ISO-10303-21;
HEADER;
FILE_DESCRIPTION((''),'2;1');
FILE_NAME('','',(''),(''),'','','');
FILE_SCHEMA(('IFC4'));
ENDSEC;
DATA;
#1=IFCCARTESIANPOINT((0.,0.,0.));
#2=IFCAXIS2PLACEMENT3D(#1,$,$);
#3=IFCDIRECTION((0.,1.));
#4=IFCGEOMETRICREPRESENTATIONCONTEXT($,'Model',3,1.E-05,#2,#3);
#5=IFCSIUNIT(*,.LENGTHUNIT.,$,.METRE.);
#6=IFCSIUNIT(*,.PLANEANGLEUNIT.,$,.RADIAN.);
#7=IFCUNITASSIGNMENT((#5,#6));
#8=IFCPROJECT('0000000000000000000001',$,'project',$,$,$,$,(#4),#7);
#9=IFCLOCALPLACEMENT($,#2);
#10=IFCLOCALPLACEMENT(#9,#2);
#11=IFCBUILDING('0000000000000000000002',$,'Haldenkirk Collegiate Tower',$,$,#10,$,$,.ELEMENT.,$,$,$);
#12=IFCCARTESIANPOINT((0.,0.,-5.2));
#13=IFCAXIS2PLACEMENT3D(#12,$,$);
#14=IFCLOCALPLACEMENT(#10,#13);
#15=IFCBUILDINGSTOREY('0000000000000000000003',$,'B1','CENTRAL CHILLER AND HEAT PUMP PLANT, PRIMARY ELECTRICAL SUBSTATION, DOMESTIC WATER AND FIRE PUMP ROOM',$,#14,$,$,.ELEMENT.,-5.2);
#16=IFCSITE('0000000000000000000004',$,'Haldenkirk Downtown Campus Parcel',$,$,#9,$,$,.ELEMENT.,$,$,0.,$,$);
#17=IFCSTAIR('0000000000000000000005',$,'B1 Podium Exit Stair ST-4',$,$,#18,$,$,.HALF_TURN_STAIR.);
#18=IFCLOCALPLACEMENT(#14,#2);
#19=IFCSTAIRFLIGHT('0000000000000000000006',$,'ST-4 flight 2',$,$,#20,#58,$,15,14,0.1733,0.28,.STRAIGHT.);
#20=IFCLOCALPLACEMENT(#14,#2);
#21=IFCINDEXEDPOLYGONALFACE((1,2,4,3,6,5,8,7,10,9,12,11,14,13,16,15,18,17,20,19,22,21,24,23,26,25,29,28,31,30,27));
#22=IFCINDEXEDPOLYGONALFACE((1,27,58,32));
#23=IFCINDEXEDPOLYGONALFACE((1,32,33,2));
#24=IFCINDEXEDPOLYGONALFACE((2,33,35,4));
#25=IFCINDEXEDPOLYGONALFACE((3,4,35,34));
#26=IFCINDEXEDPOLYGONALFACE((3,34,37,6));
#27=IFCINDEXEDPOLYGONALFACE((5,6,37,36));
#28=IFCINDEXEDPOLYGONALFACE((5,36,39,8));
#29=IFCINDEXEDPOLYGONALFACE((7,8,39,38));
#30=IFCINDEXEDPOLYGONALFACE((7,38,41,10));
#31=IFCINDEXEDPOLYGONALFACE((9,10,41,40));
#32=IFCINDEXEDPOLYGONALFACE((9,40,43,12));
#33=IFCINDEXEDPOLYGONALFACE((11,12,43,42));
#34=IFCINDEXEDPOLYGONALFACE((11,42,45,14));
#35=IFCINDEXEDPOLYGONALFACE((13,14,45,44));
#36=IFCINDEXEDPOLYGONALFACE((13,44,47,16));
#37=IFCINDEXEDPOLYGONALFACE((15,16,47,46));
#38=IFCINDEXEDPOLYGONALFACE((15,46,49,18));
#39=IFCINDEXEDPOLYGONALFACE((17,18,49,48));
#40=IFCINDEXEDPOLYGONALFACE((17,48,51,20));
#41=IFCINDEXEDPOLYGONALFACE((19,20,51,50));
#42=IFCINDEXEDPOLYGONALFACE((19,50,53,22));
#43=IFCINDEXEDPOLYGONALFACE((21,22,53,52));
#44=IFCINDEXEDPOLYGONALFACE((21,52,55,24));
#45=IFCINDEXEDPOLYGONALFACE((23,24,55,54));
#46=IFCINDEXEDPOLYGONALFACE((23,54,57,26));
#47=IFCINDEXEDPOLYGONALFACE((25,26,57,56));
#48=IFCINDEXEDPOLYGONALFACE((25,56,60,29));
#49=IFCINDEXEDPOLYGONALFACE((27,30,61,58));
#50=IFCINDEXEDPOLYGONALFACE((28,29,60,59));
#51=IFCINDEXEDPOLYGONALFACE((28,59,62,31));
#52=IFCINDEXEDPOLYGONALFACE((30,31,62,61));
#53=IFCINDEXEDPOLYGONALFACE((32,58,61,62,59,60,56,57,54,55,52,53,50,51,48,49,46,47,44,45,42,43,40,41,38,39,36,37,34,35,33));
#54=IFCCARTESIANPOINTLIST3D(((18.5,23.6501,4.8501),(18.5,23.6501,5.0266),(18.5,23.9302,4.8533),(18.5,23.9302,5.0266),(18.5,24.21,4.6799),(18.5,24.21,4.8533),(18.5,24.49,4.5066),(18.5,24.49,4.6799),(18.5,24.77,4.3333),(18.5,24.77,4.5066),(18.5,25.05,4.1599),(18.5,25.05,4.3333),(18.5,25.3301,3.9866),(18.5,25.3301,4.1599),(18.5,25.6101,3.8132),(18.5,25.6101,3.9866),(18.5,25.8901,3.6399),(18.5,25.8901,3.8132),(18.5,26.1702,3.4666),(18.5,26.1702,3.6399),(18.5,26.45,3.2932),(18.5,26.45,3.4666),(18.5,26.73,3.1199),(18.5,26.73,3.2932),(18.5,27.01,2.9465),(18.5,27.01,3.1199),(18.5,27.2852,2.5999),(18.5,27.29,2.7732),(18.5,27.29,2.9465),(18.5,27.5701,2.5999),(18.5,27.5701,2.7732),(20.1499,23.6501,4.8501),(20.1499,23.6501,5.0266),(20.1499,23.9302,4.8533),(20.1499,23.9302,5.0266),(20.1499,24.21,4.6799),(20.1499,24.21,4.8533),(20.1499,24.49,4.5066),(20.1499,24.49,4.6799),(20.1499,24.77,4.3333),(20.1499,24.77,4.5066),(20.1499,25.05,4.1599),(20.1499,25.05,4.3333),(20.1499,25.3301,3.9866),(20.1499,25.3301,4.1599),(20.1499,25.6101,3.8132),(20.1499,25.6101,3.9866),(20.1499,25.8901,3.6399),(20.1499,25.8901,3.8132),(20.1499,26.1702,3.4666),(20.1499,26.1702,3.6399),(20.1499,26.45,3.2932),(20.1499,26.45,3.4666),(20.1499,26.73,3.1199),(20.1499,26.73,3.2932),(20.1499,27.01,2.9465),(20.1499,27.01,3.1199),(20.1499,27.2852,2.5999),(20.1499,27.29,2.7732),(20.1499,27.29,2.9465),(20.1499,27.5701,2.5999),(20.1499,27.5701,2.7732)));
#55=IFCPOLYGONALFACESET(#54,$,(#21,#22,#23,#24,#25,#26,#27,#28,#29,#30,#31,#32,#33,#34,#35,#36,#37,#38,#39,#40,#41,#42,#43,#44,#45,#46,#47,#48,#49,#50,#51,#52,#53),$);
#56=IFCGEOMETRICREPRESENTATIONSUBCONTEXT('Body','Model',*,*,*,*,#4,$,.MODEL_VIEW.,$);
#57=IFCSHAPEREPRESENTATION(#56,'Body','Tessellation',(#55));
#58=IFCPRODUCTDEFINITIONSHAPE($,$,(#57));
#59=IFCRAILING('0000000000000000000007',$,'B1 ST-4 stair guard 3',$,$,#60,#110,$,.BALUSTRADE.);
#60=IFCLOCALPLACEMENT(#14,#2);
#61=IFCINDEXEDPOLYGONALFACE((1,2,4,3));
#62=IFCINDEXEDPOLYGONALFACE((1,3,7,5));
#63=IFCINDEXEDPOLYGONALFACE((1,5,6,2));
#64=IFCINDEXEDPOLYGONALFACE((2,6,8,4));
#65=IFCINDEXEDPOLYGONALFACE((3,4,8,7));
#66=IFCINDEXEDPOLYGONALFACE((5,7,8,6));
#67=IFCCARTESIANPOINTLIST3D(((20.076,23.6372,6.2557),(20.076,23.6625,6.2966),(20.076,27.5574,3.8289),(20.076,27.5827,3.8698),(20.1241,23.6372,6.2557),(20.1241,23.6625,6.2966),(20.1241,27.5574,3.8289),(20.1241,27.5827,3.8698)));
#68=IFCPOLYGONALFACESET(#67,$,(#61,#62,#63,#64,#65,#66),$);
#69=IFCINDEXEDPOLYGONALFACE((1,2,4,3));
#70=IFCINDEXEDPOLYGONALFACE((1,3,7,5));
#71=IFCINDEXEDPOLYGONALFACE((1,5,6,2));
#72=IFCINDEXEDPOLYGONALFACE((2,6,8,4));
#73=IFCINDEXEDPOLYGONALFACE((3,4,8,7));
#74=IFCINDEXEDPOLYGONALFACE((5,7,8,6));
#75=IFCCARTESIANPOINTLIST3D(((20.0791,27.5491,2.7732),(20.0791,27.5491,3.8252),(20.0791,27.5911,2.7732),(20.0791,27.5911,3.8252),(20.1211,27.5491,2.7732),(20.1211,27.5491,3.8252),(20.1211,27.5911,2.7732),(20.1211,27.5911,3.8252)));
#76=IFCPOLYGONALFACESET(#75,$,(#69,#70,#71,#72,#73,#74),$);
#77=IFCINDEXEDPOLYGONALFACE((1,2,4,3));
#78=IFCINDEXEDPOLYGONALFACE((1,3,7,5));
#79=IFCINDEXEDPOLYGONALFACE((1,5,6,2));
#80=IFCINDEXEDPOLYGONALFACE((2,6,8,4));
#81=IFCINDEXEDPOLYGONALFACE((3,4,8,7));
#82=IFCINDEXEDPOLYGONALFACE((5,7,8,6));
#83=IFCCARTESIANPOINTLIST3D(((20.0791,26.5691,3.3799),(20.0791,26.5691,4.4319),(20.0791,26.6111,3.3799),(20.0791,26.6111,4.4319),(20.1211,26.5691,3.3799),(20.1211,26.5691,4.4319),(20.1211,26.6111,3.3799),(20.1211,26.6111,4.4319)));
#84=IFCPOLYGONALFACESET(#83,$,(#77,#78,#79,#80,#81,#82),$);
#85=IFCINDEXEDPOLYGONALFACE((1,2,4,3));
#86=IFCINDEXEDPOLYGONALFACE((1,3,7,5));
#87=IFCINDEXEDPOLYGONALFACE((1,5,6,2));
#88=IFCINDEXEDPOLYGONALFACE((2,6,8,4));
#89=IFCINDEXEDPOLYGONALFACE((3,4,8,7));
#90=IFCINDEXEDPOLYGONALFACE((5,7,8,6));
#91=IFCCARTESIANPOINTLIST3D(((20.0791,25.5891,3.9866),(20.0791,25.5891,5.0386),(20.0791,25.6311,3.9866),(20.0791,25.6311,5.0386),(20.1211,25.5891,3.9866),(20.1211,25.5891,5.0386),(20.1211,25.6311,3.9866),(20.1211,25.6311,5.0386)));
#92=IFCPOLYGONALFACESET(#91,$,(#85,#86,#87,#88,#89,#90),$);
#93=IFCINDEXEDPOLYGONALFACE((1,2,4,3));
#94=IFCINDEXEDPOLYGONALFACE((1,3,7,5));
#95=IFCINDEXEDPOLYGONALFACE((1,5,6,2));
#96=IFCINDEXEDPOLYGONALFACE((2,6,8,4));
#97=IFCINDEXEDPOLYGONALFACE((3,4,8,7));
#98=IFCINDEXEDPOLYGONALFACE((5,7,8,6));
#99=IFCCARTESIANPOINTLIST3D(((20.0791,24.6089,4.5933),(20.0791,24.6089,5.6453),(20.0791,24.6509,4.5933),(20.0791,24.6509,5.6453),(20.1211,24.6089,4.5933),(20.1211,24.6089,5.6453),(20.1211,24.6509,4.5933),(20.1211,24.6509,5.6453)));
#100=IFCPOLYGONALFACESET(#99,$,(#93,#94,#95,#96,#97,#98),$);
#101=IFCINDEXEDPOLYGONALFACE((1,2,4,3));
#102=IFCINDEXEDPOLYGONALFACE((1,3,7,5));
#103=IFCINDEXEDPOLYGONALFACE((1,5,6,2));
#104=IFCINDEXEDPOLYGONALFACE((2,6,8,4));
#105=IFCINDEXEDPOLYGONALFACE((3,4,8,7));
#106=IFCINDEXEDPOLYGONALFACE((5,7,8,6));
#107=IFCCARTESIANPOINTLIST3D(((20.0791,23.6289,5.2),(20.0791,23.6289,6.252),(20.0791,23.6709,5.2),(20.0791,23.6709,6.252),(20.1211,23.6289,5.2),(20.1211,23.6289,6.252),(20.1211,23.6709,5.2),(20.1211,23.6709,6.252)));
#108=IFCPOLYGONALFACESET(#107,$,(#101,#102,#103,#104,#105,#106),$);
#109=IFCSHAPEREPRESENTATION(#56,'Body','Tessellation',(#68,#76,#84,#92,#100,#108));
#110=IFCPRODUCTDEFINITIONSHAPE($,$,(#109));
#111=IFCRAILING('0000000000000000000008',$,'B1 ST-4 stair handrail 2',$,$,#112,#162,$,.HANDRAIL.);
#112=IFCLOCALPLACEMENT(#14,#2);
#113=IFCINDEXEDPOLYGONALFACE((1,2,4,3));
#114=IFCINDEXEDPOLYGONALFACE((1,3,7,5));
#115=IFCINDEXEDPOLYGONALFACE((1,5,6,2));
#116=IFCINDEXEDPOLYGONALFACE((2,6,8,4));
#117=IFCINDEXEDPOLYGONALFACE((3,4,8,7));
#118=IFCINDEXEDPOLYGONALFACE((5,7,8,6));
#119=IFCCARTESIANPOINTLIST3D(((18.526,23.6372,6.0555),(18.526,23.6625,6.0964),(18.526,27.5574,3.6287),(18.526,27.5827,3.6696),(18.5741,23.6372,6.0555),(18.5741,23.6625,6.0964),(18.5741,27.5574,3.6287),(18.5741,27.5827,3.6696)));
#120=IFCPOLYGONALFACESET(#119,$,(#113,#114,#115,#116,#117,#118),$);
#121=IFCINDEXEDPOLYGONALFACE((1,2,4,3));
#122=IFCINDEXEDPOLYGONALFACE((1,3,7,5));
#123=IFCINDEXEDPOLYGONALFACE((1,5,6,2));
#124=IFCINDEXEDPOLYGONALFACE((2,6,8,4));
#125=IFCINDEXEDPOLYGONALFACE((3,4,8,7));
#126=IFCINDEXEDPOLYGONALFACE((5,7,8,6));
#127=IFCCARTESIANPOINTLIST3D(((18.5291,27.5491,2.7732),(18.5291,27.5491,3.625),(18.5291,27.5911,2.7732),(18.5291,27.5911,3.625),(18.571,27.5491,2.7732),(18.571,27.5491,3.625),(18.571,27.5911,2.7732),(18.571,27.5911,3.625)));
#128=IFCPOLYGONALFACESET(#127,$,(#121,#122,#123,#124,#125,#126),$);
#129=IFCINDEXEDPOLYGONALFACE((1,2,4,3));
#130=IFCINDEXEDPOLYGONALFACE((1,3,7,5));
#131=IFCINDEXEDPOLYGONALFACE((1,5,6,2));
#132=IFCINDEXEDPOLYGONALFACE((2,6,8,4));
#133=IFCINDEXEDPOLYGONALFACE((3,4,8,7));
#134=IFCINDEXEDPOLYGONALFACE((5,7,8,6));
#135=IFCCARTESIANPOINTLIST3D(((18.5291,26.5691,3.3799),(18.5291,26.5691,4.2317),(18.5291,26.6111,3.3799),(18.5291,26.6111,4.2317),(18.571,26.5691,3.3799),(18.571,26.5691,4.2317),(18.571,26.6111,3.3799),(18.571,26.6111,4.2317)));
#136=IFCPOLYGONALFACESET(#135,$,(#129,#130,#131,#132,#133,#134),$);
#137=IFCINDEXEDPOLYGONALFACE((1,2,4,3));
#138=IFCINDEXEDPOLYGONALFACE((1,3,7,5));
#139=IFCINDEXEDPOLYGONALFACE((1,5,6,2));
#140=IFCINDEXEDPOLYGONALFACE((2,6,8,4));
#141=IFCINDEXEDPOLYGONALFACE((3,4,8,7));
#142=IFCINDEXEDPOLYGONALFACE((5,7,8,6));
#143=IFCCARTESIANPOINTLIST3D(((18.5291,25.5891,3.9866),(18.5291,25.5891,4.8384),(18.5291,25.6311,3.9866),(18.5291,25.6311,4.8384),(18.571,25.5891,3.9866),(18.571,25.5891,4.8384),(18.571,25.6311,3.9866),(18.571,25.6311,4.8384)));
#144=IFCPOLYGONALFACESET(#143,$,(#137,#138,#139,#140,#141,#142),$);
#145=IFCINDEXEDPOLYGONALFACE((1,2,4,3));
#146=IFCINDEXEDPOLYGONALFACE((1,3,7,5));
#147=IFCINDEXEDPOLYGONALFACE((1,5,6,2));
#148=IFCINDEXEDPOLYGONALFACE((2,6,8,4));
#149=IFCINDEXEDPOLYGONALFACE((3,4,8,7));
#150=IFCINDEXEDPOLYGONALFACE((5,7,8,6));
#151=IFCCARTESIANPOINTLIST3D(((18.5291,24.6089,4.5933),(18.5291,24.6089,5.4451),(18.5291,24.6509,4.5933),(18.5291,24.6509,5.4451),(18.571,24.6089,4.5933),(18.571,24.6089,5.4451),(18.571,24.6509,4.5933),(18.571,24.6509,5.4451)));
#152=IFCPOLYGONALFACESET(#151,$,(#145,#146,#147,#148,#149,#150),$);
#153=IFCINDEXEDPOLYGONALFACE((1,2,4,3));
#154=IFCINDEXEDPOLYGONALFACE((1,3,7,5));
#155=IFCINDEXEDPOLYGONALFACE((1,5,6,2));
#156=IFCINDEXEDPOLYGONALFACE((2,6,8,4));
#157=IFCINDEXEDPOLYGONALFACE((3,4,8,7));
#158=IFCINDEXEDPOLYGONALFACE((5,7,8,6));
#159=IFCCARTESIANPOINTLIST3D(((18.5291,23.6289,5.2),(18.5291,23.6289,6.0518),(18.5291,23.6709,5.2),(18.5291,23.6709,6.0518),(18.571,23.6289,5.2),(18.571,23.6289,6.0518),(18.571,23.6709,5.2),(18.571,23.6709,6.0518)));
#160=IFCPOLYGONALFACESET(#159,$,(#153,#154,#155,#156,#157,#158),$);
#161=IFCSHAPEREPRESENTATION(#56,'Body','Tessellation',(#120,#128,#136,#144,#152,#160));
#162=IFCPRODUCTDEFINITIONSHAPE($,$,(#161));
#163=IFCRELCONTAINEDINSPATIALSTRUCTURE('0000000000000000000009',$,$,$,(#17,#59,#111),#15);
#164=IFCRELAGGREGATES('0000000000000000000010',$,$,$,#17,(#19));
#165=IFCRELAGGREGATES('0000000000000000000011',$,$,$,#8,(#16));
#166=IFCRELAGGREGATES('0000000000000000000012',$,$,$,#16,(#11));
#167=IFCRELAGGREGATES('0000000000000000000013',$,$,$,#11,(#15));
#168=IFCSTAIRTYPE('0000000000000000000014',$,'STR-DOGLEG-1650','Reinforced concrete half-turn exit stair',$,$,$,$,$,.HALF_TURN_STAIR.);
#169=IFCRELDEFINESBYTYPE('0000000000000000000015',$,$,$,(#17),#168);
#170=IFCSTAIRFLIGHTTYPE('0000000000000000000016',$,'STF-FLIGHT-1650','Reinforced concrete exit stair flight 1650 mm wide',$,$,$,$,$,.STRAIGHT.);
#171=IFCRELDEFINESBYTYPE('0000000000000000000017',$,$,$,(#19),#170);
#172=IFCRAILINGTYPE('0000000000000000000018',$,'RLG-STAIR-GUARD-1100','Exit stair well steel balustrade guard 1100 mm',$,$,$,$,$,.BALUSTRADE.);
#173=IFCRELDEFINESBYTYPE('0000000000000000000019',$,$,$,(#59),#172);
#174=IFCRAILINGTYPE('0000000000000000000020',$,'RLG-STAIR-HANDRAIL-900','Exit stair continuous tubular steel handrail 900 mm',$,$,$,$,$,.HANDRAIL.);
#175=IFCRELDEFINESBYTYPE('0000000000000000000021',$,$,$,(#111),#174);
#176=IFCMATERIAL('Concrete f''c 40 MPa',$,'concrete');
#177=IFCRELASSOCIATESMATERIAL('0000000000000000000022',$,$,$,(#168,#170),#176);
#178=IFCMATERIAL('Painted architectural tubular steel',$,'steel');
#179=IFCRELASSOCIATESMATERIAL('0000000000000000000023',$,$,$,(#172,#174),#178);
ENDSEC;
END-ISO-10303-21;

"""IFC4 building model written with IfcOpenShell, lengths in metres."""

from ifc_helpers import new_model, si_unit, direction, frame, origin, origin_2d, place, context, subcontext, project, spatial, polyline, rectangle, outline, extrude, material, type_object, element, aggregate, save


model = new_model("IFC4")

# Units and contexts
model_context = context("Model", 3, precision=1e-05, world=origin(), true_north=direction((0.0, 1.0)))
body_context = subcontext(model_context, "Body", "Model", "MODEL_VIEW")
ifc_project = project(units=[si_unit("LENGTHUNIT", "METRE"), si_unit("PLANEANGLEUNIT", "RADIAN")], contexts=[model_context])

# Site, building, storey
site_placement = place(None, origin())
site = spatial("IfcSite", under=ifc_project, at=site_placement, Name="Haldenkirk Downtown Campus Parcel", CompositionType="ELEMENT", RefElevation=0.0)
building_placement = place(site_placement, origin())
building = spatial("IfcBuilding", under=site, at=building_placement, Name="Haldenkirk Collegiate Tower", CompositionType="ELEMENT")
storey_placement = place(building_placement, frame((0.0, 0.0, -5.2)))
storey = spatial("IfcBuildingStorey", under=building, at=storey_placement, Name="B1", Description="CENTRAL CHILLER AND HEAT PUMP PLANT, PRIMARY ELECTRICAL SUBSTATION, DOMESTIC WATER AND FIRE PUMP ROOM", CompositionType="ELEMENT", Elevation=-5.2)

# Stair, stair flight
ifc_material_1 = material(Name="Concrete f'c 40 MPa", Category="concrete")
stair_type = type_object("IfcStairType", Name="STR-DOGLEG-1650", Description="Reinforced concrete half-turn exit stair", PredefinedType="HALF_TURN_STAIR", material=ifc_material_1)
stair_placement = place(storey_placement, origin())
stair = element("IfcStair", 1, at=stair_placement, inside=storey, type_object=stair_type, Name="B1 Podium Exit Stair ST-4", PredefinedType="HALF_TURN_STAIR")
stair_flight_type = type_object("IfcStairFlightType", Name="STF-FLIGHT-1650", Description="Reinforced concrete exit stair flight 1650 mm wide", PredefinedType="STRAIGHT", material=ifc_material_1)
stair_flight_placement = place(storey_placement, frame((19.325, 27.5701, 2.5999), z_axis=(0.0, 0.0, 1.0), x_axis=(0.0, -1.0, 0.0)))
stair_flight = element("IfcStairFlight", 2, at=stair_flight_placement, type_object=stair_flight_type, Name="ST-4 flight 2", NumberOfRisers=15, NumberOfTreads=14, PredefinedType="STRAIGHT", RiserHeight=0.1733, TreadLength=0.28, context=body_context, shape_type="SweptSolid", body=[
    extrude(outline(polyline([(0.0, 0.0), (0.0, 0.1733), (0.28, 0.1733), (0.28, 0.3467), (0.5601, 0.3467), (0.5601, 0.52), (0.8401, 0.52), (0.8401, 0.6934), (1.1201, 0.6934), (1.1201, 0.8667), (1.3999, 0.8667), (1.3999, 1.04), (1.6799, 1.04), (1.6799, 1.2134), (1.96, 1.2134), (1.96, 1.3867), (2.24, 1.3867), (2.24, 1.5601), (2.52, 1.5601), (2.52, 1.7334), (2.8, 1.7334), (2.8, 1.9067), (3.0801, 1.9067), (3.0801, 2.0801), (3.3601, 2.0801), (3.3601, 2.2534), (3.6399, 2.2534), (3.6399, 2.4268), (3.9199, 2.4268), (3.9199, 2.6001), (3.9199, 2.2502), (0.2849, 0.0), (0.0, 0.0)])), frame((0.0, 0.825, 0.0), z_axis=(0.0, -1.0, 0.0), x_axis=(1.0, 0.0, 0.0)), (0.0, 0.0, 1.0), 1.6499),
])
aggregate(stair, [stair_flight])

# Railings
ifc_material_2 = material(Name="Painted architectural tubular steel", Category="steel")
railing_type_1 = type_object("IfcRailingType", Name="RLG-STAIR-GUARD-1100", Description="Exit stair well steel balustrade guard 1100 mm", PredefinedType="BALUSTRADE", material=ifc_material_2)
railing_1_placement = place(storey_placement, frame((20.1001, 27.5701, 2.7732)))
element("IfcRailing", 3, at=railing_1_placement, inside=storey, type_object=railing_type_1, Name="B1 ST-4 stair guard 3", PredefinedType="BALUSTRADE", context=body_context, shape_type="SweptSolid", body=[
    extrude(rectangle(XDim=0.0481, YDim=0.0481, at=origin_2d()), frame((0.0, 0.0, 1.0762), z_axis=(0.0, -0.850266, 0.526353), x_axis=(1.0, 0.0, 0.0)), (0.0, 0.0, 1.0), 4.6106),
    extrude(rectangle(XDim=0.042, YDim=0.042, at=origin_2d()), origin(), (0.0, 0.0, 1.0), 1.052),
    extrude(rectangle(XDim=0.042, YDim=0.042, at=origin_2d()), frame((0.0, -0.98, 0.6067)), (0.0, 0.0, 1.0), 1.052),
    extrude(rectangle(XDim=0.042, YDim=0.042, at=origin_2d()), frame((0.0, -1.96, 1.2134)), (0.0, 0.0, 1.0), 1.052),
    extrude(rectangle(XDim=0.042, YDim=0.042, at=origin_2d()), frame((0.0, -2.9402, 1.8201)), (0.0, 0.0, 1.0), 1.052),
    extrude(rectangle(XDim=0.042, YDim=0.042, at=origin_2d()), frame((0.0, -3.9202, 2.4268)), (0.0, 0.0, 1.0), 1.052),
])
railing_type_2 = type_object("IfcRailingType", Name="RLG-STAIR-HANDRAIL-900", Description="Exit stair continuous tubular steel handrail 900 mm", PredefinedType="HANDRAIL", material=ifc_material_2)
railing_2_placement = place(storey_placement, frame((18.55, 27.5701, 2.7732)))
element("IfcRailing", 4, at=railing_2_placement, inside=storey, type_object=railing_type_2, Name="B1 ST-4 stair handrail 2", PredefinedType="HANDRAIL", context=body_context, shape_type="SweptSolid", body=[
    extrude(rectangle(XDim=0.0481, YDim=0.0481, at=origin_2d()), frame((0.0, 0.0, 0.876), z_axis=(0.0, -0.850266, 0.526353), x_axis=(1.0, 0.0, 0.0)), (0.0, 0.0, 1.0), 4.6106),
    extrude(rectangle(XDim=0.042, YDim=0.042, at=origin_2d()), origin(), (0.0, 0.0, 1.0), 0.8518),
    extrude(rectangle(XDim=0.042, YDim=0.042, at=origin_2d()), frame((0.0, -0.98, 0.6067)), (0.0, 0.0, 1.0), 0.8518),
    extrude(rectangle(XDim=0.042, YDim=0.042, at=origin_2d()), frame((0.0, -1.96, 1.2134)), (0.0, 0.0, 1.0), 0.8518),
    extrude(rectangle(XDim=0.042, YDim=0.042, at=origin_2d()), frame((0.0, -2.9402, 1.8201)), (0.0, 0.0, 1.0), 0.8518),
    extrude(rectangle(XDim=0.042, YDim=0.042, at=origin_2d()), frame((0.0, -3.9202, 2.4268)), (0.0, 0.0, 1.0), 0.8518),
])

save(model, "model.ifc")
